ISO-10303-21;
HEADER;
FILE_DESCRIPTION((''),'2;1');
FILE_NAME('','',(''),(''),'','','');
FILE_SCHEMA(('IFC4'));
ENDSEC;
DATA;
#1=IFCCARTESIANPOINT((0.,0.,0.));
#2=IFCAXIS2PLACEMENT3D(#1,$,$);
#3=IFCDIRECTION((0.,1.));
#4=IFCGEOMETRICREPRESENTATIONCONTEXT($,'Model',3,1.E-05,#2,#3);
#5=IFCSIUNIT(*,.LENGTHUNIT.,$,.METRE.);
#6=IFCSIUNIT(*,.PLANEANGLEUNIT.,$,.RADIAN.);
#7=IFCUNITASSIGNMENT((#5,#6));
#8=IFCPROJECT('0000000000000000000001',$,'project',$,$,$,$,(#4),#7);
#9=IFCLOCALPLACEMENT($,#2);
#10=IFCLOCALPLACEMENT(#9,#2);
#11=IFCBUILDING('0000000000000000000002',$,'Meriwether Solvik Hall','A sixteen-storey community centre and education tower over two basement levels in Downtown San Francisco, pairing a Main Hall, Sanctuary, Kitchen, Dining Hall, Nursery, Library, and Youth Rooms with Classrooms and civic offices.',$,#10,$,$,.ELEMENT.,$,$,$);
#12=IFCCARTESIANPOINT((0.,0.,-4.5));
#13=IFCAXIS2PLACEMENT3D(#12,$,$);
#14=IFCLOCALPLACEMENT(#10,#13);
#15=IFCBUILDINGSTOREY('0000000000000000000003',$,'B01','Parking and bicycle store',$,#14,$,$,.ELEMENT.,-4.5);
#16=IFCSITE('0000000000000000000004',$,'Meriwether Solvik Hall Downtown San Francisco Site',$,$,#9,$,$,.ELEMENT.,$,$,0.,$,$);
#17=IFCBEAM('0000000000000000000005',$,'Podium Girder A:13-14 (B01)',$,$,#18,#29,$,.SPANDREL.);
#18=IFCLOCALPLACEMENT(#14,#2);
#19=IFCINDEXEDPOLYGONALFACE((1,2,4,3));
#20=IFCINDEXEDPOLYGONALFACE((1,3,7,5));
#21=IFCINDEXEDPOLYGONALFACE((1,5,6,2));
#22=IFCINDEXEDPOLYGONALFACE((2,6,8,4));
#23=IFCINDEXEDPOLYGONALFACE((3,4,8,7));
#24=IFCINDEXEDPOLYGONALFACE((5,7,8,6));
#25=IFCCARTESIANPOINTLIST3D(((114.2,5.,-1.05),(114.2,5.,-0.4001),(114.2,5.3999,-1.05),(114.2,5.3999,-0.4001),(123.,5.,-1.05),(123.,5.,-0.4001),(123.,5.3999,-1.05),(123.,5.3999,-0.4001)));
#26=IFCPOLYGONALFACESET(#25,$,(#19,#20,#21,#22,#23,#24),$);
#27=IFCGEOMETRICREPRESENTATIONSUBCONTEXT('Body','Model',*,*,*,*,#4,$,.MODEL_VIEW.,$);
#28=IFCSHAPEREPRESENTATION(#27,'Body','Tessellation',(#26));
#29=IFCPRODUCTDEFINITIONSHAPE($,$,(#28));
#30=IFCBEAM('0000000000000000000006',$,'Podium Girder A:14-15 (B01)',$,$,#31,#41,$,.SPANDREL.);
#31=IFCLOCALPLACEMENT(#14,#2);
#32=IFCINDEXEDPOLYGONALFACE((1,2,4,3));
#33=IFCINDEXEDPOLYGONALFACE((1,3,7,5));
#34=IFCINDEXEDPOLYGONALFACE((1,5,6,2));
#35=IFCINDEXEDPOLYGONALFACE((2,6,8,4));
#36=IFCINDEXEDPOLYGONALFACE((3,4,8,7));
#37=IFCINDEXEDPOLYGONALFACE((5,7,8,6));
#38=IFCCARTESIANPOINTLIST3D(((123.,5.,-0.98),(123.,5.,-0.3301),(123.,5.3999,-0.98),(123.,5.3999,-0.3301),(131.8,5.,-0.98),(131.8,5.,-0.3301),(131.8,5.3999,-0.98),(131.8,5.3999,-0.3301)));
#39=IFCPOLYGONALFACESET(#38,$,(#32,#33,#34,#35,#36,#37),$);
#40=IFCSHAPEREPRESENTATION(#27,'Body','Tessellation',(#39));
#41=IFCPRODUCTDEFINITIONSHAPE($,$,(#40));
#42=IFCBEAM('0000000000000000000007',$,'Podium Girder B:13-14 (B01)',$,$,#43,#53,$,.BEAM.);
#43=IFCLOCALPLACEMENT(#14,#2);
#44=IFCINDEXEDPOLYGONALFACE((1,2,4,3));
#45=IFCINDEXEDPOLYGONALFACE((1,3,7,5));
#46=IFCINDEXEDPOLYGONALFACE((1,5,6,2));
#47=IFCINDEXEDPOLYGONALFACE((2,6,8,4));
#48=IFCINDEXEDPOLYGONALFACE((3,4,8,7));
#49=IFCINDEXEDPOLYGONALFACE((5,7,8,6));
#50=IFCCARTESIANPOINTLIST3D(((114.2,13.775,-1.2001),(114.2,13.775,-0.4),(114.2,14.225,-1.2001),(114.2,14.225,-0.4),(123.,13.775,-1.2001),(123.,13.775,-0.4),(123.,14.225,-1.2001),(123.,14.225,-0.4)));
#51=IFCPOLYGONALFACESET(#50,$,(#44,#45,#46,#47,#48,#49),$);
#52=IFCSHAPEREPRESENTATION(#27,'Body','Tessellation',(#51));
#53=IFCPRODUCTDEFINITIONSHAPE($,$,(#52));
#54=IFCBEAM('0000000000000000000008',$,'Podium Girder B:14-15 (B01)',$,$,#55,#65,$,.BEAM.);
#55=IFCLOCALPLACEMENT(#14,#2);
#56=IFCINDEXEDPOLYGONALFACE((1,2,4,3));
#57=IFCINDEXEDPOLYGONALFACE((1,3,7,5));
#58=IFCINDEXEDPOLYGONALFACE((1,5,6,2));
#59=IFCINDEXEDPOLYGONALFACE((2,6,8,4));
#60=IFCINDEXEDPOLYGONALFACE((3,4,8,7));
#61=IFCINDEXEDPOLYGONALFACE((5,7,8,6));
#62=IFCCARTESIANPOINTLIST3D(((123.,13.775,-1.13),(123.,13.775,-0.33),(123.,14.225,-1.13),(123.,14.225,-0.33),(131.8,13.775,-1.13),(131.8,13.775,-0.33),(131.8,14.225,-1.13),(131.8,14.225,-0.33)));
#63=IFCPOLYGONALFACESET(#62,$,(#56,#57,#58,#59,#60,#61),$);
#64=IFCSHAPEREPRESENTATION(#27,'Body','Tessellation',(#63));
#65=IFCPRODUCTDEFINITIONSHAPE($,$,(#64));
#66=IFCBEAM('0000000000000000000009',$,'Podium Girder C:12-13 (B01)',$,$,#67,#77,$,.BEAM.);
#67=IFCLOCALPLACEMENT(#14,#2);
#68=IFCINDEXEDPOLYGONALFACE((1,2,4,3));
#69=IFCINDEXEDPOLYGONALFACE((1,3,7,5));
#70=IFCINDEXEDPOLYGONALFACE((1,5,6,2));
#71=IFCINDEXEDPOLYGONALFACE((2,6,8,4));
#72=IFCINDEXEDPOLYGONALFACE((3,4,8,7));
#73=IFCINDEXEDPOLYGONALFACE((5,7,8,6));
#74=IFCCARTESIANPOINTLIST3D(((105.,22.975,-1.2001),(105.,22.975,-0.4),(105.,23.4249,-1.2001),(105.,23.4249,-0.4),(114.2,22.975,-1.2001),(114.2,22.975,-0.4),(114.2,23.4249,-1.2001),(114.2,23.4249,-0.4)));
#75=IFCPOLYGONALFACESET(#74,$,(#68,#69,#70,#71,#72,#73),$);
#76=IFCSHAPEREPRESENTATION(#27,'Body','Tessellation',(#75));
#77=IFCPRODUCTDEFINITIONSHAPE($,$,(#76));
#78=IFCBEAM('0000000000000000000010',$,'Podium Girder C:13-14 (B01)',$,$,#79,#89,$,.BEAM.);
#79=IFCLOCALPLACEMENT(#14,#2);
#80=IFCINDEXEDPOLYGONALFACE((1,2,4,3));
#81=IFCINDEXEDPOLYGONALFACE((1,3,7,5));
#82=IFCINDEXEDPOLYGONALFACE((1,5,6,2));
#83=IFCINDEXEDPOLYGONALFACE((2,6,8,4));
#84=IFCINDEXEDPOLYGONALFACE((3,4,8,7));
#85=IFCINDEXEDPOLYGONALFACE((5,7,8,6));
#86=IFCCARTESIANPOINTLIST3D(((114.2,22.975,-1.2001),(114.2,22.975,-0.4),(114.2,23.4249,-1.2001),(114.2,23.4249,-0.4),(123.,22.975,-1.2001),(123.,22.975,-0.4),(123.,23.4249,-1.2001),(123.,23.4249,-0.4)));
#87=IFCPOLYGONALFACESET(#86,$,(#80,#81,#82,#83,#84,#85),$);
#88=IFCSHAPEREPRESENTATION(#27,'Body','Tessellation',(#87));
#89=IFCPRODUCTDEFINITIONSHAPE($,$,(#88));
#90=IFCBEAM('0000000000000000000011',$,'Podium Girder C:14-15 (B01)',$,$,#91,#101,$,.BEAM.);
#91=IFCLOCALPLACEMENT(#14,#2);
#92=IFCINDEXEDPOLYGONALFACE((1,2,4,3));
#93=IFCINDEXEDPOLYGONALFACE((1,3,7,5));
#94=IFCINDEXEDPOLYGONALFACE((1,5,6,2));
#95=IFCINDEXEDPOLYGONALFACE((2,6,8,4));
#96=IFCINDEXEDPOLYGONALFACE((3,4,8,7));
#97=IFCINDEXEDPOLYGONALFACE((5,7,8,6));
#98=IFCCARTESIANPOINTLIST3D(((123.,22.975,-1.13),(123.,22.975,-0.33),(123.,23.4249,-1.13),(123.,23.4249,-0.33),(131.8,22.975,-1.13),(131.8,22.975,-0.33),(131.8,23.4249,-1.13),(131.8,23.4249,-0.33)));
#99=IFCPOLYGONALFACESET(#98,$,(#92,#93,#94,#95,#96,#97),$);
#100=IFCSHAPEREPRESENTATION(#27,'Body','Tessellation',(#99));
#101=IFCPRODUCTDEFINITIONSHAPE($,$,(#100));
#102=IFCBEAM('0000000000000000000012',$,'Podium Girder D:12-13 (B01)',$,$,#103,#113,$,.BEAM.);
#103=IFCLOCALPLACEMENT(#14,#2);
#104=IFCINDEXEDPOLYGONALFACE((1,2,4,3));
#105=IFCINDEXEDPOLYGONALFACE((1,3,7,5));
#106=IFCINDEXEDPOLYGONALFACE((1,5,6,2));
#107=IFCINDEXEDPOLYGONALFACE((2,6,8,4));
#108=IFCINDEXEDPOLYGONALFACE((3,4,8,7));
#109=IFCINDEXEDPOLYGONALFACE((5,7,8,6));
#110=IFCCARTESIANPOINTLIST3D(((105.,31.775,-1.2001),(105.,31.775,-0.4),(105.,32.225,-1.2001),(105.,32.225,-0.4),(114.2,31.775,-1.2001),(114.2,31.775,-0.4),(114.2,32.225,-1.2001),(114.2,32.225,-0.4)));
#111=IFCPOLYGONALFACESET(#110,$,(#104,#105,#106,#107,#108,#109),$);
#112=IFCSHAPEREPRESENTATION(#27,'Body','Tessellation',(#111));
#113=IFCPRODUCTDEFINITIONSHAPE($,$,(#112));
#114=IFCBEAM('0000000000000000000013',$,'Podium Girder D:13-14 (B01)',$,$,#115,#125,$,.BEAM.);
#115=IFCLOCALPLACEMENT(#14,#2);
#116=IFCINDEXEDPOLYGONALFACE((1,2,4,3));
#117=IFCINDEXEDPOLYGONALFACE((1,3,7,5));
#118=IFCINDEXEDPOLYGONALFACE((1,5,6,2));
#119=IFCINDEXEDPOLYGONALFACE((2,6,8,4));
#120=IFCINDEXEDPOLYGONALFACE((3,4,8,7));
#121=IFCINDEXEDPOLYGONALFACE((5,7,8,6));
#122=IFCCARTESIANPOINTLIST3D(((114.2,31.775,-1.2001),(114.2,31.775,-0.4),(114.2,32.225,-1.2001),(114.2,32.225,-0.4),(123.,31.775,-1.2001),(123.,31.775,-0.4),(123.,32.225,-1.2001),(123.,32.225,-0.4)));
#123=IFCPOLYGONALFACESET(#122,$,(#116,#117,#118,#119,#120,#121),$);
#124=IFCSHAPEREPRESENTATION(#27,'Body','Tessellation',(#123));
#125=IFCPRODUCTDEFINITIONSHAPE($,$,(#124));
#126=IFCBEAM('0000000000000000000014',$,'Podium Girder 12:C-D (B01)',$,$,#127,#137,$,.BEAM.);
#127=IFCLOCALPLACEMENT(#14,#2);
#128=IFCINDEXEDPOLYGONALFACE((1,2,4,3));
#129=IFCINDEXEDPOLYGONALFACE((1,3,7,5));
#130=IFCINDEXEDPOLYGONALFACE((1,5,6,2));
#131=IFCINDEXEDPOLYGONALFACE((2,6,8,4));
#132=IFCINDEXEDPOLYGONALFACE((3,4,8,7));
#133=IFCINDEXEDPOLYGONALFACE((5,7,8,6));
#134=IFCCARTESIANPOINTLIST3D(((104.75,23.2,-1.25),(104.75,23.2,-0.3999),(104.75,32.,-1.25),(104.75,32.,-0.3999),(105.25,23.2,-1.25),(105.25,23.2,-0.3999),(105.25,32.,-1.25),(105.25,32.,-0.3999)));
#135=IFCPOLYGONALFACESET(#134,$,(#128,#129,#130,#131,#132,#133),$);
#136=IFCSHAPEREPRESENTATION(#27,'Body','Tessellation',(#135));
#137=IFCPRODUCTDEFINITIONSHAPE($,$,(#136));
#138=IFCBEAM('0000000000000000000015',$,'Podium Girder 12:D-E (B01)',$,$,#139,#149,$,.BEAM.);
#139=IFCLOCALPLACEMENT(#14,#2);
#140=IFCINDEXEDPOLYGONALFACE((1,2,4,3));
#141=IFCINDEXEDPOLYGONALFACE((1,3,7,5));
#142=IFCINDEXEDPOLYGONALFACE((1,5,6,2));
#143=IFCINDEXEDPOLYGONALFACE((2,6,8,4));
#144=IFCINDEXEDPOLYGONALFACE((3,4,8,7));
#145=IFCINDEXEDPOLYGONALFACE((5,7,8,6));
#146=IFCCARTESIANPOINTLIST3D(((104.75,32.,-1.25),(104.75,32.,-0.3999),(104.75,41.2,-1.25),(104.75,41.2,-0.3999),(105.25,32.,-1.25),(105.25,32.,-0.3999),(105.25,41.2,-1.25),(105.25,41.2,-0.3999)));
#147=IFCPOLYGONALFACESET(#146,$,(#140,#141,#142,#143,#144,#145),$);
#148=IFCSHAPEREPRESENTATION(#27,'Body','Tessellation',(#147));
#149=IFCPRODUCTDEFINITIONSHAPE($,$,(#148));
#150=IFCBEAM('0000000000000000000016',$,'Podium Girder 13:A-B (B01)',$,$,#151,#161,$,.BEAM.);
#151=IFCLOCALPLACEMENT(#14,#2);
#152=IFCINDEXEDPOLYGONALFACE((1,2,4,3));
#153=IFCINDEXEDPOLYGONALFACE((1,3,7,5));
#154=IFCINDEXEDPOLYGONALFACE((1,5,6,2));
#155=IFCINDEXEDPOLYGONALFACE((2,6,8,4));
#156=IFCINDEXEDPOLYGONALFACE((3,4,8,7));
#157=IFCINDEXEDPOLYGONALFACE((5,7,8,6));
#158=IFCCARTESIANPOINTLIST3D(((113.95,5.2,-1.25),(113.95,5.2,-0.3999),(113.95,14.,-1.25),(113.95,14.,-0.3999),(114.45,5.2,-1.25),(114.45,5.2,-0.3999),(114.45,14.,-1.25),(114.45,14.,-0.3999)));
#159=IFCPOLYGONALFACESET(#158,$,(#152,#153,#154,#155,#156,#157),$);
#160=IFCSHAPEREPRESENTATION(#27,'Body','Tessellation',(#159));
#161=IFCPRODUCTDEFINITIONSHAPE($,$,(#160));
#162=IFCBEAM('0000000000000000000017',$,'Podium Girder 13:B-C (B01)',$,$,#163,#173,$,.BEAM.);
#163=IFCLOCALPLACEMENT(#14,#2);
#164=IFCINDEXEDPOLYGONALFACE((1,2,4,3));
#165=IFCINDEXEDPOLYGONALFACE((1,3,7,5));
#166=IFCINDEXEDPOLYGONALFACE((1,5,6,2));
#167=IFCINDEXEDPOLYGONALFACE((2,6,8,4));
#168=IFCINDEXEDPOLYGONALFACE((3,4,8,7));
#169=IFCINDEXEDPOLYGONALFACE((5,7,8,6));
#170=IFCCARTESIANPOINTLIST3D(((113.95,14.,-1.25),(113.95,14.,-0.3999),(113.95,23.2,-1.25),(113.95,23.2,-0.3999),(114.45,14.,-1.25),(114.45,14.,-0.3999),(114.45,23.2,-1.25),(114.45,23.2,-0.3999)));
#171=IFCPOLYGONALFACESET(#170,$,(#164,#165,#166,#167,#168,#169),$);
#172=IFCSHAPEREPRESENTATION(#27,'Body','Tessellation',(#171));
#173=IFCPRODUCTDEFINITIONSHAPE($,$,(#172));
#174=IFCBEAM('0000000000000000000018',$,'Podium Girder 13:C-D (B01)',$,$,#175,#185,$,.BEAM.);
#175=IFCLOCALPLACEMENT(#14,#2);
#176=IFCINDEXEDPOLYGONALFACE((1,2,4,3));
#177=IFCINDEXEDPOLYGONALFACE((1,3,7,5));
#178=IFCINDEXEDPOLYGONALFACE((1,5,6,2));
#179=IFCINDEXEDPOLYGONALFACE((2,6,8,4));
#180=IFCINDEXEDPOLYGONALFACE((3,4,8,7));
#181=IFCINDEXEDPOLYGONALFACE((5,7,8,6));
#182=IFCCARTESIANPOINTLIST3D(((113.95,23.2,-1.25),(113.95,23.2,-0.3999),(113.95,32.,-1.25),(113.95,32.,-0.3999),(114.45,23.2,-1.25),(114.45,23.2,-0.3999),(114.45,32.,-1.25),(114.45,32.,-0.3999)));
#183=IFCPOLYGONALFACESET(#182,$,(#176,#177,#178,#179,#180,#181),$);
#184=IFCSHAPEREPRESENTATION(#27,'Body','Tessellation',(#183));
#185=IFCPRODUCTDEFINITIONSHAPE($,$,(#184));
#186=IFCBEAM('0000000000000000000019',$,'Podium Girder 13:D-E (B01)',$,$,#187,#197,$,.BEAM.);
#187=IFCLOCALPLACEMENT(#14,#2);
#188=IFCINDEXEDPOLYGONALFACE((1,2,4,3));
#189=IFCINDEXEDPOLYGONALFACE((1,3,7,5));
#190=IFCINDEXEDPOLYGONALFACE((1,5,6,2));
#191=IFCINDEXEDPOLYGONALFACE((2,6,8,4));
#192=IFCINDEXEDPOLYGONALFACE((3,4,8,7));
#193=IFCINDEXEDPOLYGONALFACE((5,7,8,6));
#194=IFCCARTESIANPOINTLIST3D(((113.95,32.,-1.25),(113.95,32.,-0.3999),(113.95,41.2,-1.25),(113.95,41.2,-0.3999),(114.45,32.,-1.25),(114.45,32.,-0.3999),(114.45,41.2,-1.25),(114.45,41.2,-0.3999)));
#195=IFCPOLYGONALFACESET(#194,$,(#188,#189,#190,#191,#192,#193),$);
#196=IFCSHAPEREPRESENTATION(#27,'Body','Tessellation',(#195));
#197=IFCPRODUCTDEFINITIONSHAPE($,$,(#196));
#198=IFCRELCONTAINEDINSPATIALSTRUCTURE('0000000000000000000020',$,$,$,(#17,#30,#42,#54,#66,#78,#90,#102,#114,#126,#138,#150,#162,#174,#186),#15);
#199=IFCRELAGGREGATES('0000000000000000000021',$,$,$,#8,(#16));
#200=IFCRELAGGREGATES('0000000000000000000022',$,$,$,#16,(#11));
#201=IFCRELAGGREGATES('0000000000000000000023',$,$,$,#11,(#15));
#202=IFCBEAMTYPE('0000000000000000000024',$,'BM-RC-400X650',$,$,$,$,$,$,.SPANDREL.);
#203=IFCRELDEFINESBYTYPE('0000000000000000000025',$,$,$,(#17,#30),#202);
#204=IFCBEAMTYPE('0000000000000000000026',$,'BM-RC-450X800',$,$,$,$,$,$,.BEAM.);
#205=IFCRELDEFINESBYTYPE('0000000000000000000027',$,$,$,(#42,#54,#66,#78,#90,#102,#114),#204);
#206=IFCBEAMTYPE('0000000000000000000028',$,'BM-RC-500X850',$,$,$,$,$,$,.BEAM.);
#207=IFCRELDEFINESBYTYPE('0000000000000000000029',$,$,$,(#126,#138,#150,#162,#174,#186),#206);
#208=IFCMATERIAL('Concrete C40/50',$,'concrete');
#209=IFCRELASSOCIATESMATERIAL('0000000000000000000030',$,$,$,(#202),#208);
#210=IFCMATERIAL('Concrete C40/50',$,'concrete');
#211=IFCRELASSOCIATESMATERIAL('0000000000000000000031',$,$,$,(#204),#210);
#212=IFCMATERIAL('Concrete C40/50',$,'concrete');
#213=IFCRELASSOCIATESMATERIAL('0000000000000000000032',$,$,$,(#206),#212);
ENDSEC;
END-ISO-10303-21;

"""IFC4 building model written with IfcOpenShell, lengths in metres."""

from ifc_helpers import new_model, si_unit, direction, frame, origin, origin_2d, place, context, subcontext, project, spatial, rectangle, extrude, material, material_profile, profile_set, type_object, element, save


model = new_model("IFC4")

# Units and contexts
model_context = context("Model", 3, precision=1e-05, world=origin(), true_north=direction((0.0, 1.0)))
body_context = subcontext(model_context, "Body", "Model", "MODEL_VIEW")
ifc_project = project(units=[si_unit("LENGTHUNIT", "METRE"), si_unit("PLANEANGLEUNIT", "RADIAN")], contexts=[model_context])

# Site, building, storey
site_placement = place(None, origin())
site = spatial("IfcSite", under=ifc_project, at=site_placement, Name="Meriwether Solvik Hall Downtown San Francisco Site", CompositionType="ELEMENT", RefElevation=0.0)
building_placement = place(site_placement, origin())
building = spatial("IfcBuilding", under=site, at=building_placement, Name="Meriwether Solvik Hall", Description="A sixteen-storey community centre and education tower over two basement levels in Downtown San Francisco, pairing a Main Hall, Sanctuary, Kitchen, Dining Hall, Nursery, Library, and Youth Rooms with Classrooms and civic offices.", CompositionType="ELEMENT")
storey_placement = place(building_placement, frame((0.0, 0.0, -4.5)))
storey = spatial("IfcBuildingStorey", under=building, at=storey_placement, Name="B01", Description="Parking and bicycle store", CompositionType="ELEMENT", Elevation=-4.5)

# Beams
ifc_material_1 = material(Name="Concrete C40/50", Category="concrete")
ifc_material_profile_1 = material_profile(ifc_material_1, rectangle(XDim=0.3999, YDim=0.6499, at=origin_2d()), Name="RCB-400X650")
ifc_profile_set_1 = profile_set([ifc_material_profile_1], Name="Concrete C40/50")
beam_type_1 = type_object("IfcBeamType", Name="BM-RC-400X650", PredefinedType="SPANDREL", material=ifc_profile_set_1)
for number, where, z_axis, x_axis, name in (
    (1, (114.2, 5.2, -0.7251), (1.0, 0.0, 0.0), (0.0, 1.0, 0.0), "Podium Girder A:13-14 (B01)"),
    (2, (123.0, 5.2, -0.655), (1.0, 0.0, 0.0), (0.0, 1.0, 0.0), "Podium Girder A:14-15 (B01)"),
):
    element("IfcBeam", number, at=place(storey_placement, frame(where, z_axis=z_axis, x_axis=x_axis)), inside=storey, type_object=beam_type_1, Name=name, PredefinedType="SPANDREL", context=body_context, shape_type="SweptSolid", body=[
        extrude(rectangle(XDim=0.3999, YDim=0.6499, at=origin_2d()), origin(), (0.0, 0.0, 1.0), 8.8),
    ])
ifc_material_2 = material(Name="Concrete C40/50", Category="concrete")
ifc_material_profile_2 = material_profile(ifc_material_2, rectangle(XDim=0.45, YDim=0.8, at=origin_2d()), Name="RCB-450X800")
ifc_profile_set_2 = profile_set([ifc_material_profile_2], Name="Concrete C40/50")
beam_type_2 = type_object("IfcBeamType", Name="BM-RC-450X800", PredefinedType="BEAM", material=ifc_profile_set_2)
for number, where, z_axis, x_axis, name in (
    (3, (114.2, 14.0, -0.8), (1.0, 0.0, 0.0), (0.0, 1.0, 0.0), "Podium Girder B:13-14 (B01)"),
    (4, (123.0, 14.0, -0.73), (1.0, 0.0, 0.0), (0.0, 1.0, 0.0), "Podium Girder B:14-15 (B01)"),
):
    element("IfcBeam", number, at=place(storey_placement, frame(where, z_axis=z_axis, x_axis=x_axis)), inside=storey, type_object=beam_type_2, Name=name, PredefinedType="BEAM", context=body_context, shape_type="SweptSolid", body=[
        extrude(rectangle(XDim=0.45, YDim=0.8, at=origin_2d()), origin(), (0.0, 0.0, 1.0), 8.8),
    ])
beam_1_placement = place(storey_placement, frame((105.0, 23.2, -0.8), z_axis=(1.0, 0.0, 0.0), x_axis=(0.0, 1.0, 0.0)))
element("IfcBeam", 5, at=beam_1_placement, inside=storey, type_object=beam_type_2, Name="Podium Girder C:12-13 (B01)", PredefinedType="BEAM", context=body_context, shape_type="SweptSolid", body=[
    extrude(rectangle(XDim=0.45, YDim=0.8, at=origin_2d()), origin(), (0.0, 0.0, 1.0), 9.2),
])
for number, where, z_axis, x_axis, name in (
    (6, (114.2, 23.2, -0.8), (1.0, 0.0, 0.0), (0.0, 1.0, 0.0), "Podium Girder C:13-14 (B01)"),
    (7, (123.0, 23.2, -0.73), (1.0, 0.0, 0.0), (0.0, 1.0, 0.0), "Podium Girder C:14-15 (B01)"),
):
    element("IfcBeam", number, at=place(storey_placement, frame(where, z_axis=z_axis, x_axis=x_axis)), inside=storey, type_object=beam_type_2, Name=name, PredefinedType="BEAM", context=body_context, shape_type="SweptSolid", body=[
        extrude(rectangle(XDim=0.45, YDim=0.8, at=origin_2d()), origin(), (0.0, 0.0, 1.0), 8.8),
    ])
beam_2_placement = place(storey_placement, frame((105.0, 32.0, -0.8), z_axis=(1.0, 0.0, 0.0), x_axis=(0.0, 1.0, 0.0)))
element("IfcBeam", 8, at=beam_2_placement, inside=storey, type_object=beam_type_2, Name="Podium Girder D:12-13 (B01)", PredefinedType="BEAM", context=body_context, shape_type="SweptSolid", body=[
    extrude(rectangle(XDim=0.45, YDim=0.8, at=origin_2d()), origin(), (0.0, 0.0, 1.0), 9.2),
])
beam_3_placement = place(storey_placement, frame((114.2, 32.0, -0.8), z_axis=(1.0, 0.0, 0.0), x_axis=(0.0, 1.0, 0.0)))
element("IfcBeam", 9, at=beam_3_placement, inside=storey, type_object=beam_type_2, Name="Podium Girder D:13-14 (B01)", PredefinedType="BEAM", context=body_context, shape_type="SweptSolid", body=[
    extrude(rectangle(XDim=0.45, YDim=0.8, at=origin_2d()), origin(), (0.0, 0.0, 1.0), 8.8),
])
ifc_material_3 = material(Name="Concrete C40/50", Category="concrete")
ifc_material_profile_3 = material_profile(ifc_material_3, rectangle(XDim=0.5, YDim=0.8501, at=origin_2d()), Name="RCB-500X850")
ifc_profile_set_3 = profile_set([ifc_material_profile_3], Name="Concrete C40/50")
beam_type_3 = type_object("IfcBeamType", Name="BM-RC-500X850", PredefinedType="BEAM", material=ifc_profile_set_3)
beam_4_placement = place(storey_placement, frame((105.0, 23.2, -0.825), z_axis=(0.0, 1.0, 0.0), x_axis=(-1.0, 0.0, 0.0)))
element("IfcBeam", 10, at=beam_4_placement, inside=storey, type_object=beam_type_3, Name="Podium Girder 12:C-D (B01)", PredefinedType="BEAM", context=body_context, shape_type="SweptSolid", body=[
    extrude(rectangle(XDim=0.5, YDim=0.8501, at=origin_2d()), origin(), (0.0, 0.0, 1.0), 8.8),
])
beam_5_placement = place(storey_placement, frame((105.0, 32.0, -0.825), z_axis=(0.0, 1.0, 0.0), x_axis=(-1.0, 0.0, 0.0)))
element("IfcBeam", 11, at=beam_5_placement, inside=storey, type_object=beam_type_3, Name="Podium Girder 12:D-E (B01)", PredefinedType="BEAM", context=body_context, shape_type="SweptSolid", body=[
    extrude(rectangle(XDim=0.5, YDim=0.8501, at=origin_2d()), origin(), (0.0, 0.0, 1.0), 9.2),
])
beam_6_placement = place(storey_placement, frame((114.2, 5.2, -0.825), z_axis=(0.0, 1.0, 0.0), x_axis=(-1.0, 0.0, 0.0)))
element("IfcBeam", 12, at=beam_6_placement, inside=storey, type_object=beam_type_3, Name="Podium Girder 13:A-B (B01)", PredefinedType="BEAM", context=body_context, shape_type="SweptSolid", body=[
    extrude(rectangle(XDim=0.5, YDim=0.8501, at=origin_2d()), origin(), (0.0, 0.0, 1.0), 8.8),
])
beam_7_placement = place(storey_placement, frame((114.2, 14.0, -0.825), z_axis=(0.0, 1.0, 0.0), x_axis=(-1.0, 0.0, 0.0)))
element("IfcBeam", 13, at=beam_7_placement, inside=storey, type_object=beam_type_3, Name="Podium Girder 13:B-C (B01)", PredefinedType="BEAM", context=body_context, shape_type="SweptSolid", body=[
    extrude(rectangle(XDim=0.5, YDim=0.8501, at=origin_2d()), origin(), (0.0, 0.0, 1.0), 9.2),
])
beam_8_placement = place(storey_placement, frame((114.2, 23.2, -0.825), z_axis=(0.0, 1.0, 0.0), x_axis=(-1.0, 0.0, 0.0)))
element("IfcBeam", 14, at=beam_8_placement, inside=storey, type_object=beam_type_3, Name="Podium Girder 13:C-D (B01)", PredefinedType="BEAM", context=body_context, shape_type="SweptSolid", body=[
    extrude(rectangle(XDim=0.5, YDim=0.8501, at=origin_2d()), origin(), (0.0, 0.0, 1.0), 8.8),
])
beam_9_placement = place(storey_placement, frame((114.2, 32.0, -0.825), z_axis=(0.0, 1.0, 0.0), x_axis=(-1.0, 0.0, 0.0)))
element("IfcBeam", 15, at=beam_9_placement, inside=storey, type_object=beam_type_3, Name="Podium Girder 13:D-E (B01)", PredefinedType="BEAM", context=body_context, shape_type="SweptSolid", body=[
    extrude(rectangle(XDim=0.5, YDim=0.8501, at=origin_2d()), origin(), (0.0, 0.0, 1.0), 9.2),
])

save(model, "model.ifc")
